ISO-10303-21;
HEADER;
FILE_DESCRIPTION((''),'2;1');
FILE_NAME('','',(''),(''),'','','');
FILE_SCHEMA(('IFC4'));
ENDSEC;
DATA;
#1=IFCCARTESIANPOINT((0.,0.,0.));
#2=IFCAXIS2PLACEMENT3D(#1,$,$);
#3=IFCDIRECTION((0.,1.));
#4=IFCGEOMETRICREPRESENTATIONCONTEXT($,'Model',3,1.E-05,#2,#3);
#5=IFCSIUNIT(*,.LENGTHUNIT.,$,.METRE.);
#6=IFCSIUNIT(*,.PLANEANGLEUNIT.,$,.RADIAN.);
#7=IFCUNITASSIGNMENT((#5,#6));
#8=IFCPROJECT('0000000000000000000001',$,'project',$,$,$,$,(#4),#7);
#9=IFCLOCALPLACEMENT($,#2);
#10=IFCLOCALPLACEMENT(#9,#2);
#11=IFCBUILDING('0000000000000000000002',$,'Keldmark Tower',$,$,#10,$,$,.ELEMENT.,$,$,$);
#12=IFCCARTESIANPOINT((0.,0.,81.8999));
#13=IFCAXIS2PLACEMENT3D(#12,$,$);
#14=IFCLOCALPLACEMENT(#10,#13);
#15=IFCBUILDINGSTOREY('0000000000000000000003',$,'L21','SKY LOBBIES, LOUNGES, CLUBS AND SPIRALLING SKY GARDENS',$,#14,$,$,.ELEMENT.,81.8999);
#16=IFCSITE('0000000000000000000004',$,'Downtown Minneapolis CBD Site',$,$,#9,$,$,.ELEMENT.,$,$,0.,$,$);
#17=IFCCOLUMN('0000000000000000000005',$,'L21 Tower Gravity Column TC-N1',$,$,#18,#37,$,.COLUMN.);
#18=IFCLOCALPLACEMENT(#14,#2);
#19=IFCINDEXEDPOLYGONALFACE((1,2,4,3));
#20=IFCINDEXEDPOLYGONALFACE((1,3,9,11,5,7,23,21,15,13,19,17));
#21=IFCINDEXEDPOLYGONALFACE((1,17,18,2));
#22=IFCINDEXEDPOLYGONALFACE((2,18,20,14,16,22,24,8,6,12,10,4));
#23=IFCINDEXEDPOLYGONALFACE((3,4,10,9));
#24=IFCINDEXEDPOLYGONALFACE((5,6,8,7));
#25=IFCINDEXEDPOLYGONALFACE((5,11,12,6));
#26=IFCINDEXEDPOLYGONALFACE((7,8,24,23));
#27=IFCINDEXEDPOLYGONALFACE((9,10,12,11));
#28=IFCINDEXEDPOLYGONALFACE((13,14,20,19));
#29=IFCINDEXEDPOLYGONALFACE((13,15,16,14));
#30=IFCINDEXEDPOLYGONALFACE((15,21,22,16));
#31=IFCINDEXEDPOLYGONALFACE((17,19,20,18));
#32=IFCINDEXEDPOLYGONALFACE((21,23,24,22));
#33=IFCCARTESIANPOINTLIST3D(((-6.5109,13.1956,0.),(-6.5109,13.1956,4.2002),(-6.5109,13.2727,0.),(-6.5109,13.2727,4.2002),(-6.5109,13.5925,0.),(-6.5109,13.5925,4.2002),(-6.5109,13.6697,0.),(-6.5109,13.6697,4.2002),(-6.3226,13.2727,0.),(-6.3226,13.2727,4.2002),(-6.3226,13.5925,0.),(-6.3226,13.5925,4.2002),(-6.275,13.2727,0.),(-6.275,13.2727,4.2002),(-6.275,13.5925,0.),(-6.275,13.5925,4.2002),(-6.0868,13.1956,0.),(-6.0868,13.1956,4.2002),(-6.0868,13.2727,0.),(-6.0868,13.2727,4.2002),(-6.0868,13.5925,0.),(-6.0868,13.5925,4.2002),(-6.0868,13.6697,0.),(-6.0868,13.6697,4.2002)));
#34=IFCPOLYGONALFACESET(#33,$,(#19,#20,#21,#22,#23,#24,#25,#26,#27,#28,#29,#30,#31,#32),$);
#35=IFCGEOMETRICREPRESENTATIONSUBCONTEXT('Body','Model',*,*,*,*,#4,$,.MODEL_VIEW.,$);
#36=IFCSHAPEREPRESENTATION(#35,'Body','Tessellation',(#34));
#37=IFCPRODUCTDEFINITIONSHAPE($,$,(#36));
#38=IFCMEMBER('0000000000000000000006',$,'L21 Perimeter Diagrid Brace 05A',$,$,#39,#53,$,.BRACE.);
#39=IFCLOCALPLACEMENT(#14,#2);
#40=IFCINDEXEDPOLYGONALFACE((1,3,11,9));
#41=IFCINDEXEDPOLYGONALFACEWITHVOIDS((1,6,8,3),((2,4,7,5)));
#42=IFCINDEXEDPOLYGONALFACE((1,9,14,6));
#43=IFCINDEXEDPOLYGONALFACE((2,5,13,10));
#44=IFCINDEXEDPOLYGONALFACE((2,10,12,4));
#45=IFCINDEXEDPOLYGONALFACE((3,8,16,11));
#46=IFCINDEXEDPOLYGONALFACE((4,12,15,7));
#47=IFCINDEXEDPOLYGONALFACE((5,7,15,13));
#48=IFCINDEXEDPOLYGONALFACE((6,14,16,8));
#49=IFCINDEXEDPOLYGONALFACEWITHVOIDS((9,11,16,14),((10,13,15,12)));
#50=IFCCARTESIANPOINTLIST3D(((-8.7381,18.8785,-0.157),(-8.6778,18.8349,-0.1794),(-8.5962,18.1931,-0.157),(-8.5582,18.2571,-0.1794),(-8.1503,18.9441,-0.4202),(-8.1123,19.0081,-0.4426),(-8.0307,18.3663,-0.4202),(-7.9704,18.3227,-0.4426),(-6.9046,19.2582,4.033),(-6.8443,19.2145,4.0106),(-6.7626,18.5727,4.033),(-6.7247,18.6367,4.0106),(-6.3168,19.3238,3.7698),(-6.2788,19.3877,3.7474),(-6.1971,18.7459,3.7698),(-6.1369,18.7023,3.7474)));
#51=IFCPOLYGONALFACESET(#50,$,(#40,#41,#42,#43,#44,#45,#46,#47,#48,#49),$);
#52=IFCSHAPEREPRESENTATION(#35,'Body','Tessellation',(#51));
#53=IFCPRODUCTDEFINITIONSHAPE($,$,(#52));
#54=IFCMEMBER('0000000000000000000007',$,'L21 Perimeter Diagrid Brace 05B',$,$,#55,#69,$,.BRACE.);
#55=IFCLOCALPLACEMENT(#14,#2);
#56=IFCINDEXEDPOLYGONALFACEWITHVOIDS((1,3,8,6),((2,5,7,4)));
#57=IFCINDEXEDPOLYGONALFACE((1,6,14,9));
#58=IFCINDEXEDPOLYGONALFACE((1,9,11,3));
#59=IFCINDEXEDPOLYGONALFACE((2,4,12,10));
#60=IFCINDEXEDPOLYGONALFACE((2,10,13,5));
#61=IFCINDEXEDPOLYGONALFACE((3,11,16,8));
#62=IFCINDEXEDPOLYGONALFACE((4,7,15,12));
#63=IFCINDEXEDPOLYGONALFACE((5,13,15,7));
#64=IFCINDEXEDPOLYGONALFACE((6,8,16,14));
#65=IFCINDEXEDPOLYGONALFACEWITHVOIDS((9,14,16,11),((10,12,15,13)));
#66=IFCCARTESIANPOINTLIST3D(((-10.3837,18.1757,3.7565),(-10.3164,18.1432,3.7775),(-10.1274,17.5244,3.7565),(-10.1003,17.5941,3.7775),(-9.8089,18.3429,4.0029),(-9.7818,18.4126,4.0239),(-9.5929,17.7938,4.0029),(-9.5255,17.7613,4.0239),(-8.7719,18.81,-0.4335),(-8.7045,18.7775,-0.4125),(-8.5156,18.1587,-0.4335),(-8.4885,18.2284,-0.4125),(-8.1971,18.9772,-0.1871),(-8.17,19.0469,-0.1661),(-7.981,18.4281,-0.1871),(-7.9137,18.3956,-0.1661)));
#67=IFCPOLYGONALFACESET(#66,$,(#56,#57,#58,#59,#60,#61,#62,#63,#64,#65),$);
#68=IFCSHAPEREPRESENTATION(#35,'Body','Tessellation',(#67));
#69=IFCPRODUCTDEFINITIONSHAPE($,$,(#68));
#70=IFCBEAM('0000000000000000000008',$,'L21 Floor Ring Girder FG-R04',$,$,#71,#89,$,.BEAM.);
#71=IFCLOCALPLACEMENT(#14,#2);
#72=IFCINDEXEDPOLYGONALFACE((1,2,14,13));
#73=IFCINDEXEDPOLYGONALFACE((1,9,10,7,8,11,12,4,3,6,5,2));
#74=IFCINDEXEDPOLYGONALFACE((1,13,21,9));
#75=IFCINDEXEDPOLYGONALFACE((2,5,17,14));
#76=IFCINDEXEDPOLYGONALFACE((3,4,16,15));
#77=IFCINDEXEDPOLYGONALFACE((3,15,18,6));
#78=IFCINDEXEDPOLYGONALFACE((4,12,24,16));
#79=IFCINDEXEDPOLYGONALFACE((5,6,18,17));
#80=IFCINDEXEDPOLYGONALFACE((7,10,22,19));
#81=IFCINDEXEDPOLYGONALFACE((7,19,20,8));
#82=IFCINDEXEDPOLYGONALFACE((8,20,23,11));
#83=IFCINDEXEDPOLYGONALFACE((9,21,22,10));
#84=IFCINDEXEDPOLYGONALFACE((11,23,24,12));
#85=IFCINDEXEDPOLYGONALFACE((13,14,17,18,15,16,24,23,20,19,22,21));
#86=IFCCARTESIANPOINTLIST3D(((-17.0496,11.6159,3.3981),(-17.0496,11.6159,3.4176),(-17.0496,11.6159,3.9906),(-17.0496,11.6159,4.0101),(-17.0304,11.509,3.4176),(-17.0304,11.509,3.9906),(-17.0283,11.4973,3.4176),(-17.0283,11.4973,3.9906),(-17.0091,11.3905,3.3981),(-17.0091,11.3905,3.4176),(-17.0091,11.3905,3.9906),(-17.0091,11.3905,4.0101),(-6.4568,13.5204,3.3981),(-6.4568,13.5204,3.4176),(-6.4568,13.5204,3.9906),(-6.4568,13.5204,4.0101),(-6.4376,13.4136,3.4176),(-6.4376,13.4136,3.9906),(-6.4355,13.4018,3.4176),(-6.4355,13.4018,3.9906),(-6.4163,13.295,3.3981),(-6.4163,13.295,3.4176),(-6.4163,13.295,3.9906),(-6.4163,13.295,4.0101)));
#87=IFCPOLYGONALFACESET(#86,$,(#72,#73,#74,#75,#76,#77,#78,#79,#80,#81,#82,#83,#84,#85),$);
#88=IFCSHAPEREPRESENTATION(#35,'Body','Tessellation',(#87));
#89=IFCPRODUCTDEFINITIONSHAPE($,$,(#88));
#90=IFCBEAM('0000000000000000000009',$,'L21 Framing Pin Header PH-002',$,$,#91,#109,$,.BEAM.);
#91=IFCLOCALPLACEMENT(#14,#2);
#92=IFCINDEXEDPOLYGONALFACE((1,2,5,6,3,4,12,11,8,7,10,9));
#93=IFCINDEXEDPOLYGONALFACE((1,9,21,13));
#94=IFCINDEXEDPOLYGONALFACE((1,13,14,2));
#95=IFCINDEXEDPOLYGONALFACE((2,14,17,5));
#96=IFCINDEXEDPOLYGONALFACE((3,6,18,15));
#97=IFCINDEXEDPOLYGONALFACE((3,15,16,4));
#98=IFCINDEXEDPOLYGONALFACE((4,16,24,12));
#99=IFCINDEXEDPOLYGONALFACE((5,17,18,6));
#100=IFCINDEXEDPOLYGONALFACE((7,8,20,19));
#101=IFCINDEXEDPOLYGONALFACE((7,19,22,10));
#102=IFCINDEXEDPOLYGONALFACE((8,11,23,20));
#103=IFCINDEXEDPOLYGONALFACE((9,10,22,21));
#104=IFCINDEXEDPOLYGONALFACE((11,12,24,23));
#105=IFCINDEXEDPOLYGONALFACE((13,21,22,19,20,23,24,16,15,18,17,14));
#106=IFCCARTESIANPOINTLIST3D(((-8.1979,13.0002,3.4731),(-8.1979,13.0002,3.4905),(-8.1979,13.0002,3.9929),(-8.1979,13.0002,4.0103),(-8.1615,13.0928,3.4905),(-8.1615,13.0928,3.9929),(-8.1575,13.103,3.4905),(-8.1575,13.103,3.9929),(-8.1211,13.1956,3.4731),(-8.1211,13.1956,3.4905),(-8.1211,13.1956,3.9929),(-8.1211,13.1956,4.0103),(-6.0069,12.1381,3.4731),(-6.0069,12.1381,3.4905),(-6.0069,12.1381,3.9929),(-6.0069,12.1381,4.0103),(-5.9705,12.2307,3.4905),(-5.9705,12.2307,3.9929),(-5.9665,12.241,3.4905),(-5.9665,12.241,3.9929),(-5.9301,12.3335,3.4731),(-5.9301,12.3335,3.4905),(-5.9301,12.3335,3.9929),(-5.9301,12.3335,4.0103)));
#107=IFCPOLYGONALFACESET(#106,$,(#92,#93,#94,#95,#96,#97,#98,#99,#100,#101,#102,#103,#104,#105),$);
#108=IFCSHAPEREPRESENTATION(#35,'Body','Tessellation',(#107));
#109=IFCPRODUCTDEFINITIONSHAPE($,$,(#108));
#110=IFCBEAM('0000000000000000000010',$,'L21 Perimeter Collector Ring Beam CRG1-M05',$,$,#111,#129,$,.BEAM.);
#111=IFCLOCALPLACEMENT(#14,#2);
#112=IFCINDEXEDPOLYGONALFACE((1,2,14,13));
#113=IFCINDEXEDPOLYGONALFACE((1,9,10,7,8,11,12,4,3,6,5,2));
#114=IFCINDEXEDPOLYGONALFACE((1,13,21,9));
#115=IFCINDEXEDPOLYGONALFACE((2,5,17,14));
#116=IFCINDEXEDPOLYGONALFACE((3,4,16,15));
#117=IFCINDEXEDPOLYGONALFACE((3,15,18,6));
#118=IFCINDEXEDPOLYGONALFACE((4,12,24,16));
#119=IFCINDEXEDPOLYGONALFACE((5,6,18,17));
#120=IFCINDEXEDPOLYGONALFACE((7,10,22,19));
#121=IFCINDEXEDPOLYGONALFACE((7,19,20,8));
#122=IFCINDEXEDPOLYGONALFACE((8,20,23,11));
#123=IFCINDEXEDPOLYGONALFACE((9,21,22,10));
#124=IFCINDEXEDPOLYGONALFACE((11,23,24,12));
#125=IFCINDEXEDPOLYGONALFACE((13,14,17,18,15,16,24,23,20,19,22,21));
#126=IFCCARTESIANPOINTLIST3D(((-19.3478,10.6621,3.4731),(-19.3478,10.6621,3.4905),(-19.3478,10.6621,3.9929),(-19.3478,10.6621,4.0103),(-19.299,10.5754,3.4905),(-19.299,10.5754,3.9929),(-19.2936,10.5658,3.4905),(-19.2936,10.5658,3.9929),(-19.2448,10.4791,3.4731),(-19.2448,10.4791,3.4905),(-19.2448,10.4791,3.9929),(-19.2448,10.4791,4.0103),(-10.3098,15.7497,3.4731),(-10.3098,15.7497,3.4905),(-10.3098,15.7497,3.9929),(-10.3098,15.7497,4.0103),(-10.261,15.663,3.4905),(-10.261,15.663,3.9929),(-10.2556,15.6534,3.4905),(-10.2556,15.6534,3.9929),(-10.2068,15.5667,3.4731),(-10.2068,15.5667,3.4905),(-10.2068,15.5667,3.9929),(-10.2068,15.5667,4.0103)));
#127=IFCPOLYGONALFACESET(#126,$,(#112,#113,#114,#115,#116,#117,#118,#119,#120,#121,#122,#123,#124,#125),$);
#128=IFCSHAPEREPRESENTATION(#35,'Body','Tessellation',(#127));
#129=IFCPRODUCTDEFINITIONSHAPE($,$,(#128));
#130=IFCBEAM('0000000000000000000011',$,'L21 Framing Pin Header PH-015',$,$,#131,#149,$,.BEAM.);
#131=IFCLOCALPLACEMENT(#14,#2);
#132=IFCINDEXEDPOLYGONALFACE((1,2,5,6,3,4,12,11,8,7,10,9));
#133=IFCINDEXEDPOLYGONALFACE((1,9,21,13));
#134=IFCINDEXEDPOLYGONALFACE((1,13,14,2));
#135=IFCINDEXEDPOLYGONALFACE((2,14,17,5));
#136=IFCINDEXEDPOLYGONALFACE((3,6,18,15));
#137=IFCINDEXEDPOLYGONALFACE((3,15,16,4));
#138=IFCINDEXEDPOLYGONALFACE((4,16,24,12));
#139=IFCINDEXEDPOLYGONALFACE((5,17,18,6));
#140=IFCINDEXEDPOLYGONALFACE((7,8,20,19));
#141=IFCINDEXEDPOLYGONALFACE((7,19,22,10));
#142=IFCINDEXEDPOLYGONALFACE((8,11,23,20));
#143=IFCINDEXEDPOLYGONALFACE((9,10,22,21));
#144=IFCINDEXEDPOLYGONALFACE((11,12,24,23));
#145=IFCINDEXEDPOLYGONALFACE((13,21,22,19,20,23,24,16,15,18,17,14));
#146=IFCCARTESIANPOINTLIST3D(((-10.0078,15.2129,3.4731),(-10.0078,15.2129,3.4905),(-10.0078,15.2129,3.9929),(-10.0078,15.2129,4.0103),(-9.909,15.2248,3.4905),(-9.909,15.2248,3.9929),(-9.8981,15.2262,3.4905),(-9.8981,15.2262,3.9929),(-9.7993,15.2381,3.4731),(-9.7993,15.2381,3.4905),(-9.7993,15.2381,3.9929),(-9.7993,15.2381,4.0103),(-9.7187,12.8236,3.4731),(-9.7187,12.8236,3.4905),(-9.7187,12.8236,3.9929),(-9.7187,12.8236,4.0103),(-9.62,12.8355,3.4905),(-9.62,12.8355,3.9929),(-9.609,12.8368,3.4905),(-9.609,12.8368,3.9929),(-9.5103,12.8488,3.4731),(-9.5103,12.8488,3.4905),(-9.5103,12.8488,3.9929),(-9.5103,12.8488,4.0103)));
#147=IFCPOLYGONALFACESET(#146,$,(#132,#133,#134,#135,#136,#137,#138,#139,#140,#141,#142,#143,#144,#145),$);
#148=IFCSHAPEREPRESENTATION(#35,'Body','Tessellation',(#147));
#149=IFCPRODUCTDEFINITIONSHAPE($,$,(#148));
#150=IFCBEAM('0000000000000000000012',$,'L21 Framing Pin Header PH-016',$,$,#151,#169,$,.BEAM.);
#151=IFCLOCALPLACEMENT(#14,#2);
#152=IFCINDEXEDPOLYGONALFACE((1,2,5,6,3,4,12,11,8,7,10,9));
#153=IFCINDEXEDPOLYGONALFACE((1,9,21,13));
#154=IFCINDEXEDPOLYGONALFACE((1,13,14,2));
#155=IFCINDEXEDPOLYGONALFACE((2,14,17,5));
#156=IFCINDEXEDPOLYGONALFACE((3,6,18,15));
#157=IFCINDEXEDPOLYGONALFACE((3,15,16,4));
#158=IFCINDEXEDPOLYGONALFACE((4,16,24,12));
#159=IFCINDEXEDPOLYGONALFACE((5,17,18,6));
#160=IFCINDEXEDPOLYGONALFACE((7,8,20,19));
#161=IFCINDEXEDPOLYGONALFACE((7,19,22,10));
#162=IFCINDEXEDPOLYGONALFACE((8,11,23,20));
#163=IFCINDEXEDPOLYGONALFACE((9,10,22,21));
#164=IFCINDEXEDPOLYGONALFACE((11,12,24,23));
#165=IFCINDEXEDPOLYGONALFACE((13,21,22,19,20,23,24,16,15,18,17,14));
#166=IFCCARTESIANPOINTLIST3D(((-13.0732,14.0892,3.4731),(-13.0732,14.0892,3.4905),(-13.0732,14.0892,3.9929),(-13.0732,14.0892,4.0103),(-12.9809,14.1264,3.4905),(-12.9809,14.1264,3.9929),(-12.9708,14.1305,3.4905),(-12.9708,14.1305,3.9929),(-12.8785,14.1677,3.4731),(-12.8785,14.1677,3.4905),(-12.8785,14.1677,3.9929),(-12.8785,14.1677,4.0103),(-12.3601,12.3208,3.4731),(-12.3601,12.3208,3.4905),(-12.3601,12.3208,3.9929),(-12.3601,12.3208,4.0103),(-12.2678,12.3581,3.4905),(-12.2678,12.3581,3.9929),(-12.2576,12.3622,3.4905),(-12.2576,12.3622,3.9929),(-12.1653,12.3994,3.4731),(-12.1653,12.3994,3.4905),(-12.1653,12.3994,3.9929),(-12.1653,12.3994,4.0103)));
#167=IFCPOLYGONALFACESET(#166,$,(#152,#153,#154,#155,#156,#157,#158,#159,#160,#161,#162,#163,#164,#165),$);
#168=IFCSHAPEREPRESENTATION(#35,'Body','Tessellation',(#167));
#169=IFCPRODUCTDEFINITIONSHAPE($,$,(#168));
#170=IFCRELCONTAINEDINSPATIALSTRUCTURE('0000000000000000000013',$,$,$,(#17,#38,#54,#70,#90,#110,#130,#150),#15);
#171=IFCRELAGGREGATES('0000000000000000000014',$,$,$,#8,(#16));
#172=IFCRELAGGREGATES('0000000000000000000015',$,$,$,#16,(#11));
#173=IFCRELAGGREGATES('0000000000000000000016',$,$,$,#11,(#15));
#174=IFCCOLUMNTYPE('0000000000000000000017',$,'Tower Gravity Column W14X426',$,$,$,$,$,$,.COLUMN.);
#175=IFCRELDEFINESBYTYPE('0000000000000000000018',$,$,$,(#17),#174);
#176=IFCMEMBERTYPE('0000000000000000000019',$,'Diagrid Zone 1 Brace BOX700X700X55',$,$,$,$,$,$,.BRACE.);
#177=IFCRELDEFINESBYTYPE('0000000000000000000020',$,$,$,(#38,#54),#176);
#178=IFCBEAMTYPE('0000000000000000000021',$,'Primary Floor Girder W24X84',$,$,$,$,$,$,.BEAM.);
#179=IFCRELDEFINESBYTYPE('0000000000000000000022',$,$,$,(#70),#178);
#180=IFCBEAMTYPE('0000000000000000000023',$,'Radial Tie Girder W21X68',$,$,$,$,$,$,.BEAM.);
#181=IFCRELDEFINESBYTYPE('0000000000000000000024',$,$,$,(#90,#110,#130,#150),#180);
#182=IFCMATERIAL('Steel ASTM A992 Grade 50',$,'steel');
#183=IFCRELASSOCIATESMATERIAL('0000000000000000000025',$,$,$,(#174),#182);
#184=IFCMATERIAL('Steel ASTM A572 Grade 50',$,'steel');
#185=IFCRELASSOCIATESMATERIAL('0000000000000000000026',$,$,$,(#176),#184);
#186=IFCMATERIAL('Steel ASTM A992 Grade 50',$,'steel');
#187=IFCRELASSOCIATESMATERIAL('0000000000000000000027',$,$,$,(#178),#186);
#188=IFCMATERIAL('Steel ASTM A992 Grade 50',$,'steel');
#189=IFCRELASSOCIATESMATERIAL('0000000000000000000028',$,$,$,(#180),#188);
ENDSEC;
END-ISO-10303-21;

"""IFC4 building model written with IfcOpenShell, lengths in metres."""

from ifc_helpers import new_model, si_unit, direction, frame, origin, origin_2d, place, context, subcontext, project, spatial, hollow_rectangle, i_section, extrude, material, material_profile, profile_set, type_object, element, save


model = new_model("IFC4")

# Units and contexts
model_context = context("Model", 3, precision=1e-05, world=origin(), true_north=direction((0.0, 1.0)))
body_context = subcontext(model_context, "Body", "Model", "MODEL_VIEW")
ifc_project = project(units=[si_unit("LENGTHUNIT", "METRE"), si_unit("PLANEANGLEUNIT", "RADIAN")], contexts=[model_context])

# Site, building, storey
site_placement = place(None, origin())
site = spatial("IfcSite", under=ifc_project, at=site_placement, Name="Downtown Minneapolis CBD Site", CompositionType="ELEMENT", RefElevation=0.0)
building_placement = place(site_placement, origin())
building = spatial("IfcBuilding", under=site, at=building_placement, Name="Keldmark Tower", CompositionType="ELEMENT")
storey_placement = place(building_placement, frame((0.0, 0.0, 81.8999)))
storey = spatial("IfcBuildingStorey", under=building, at=storey_placement, Name="L21", Description="SKY LOBBIES, LOUNGES, CLUBS AND SPIRALLING SKY GARDENS", CompositionType="ELEMENT", Elevation=81.8999)

# Column
ifc_material_1 = material(Name="Steel ASTM A992 Grade 50", Category="steel")
ifc_material_profile_1 = material_profile(ifc_material_1, i_section(OverallWidth=0.4241, OverallDepth=0.4741, WebThickness=0.0476, FlangeThickness=0.0771, at=origin_2d()), Name="W14X426")
ifc_profile_set_1 = profile_set([ifc_material_profile_1], Name="Steel ASTM A992 Grade 50")
column_type = type_object("IfcColumnType", Name="Tower Gravity Column W14X426", PredefinedType="COLUMN", material=ifc_profile_set_1)
column_placement = place(storey_placement, frame((-6.2988, 13.4326, 0.0), z_axis=(0.0, 0.0, 1.0), x_axis=(1.0, 0.0, 0.0)))
element("IfcColumn", 1, at=column_placement, inside=storey, type_object=column_type, Name="L21 Tower Gravity Column TC-N1", PredefinedType="COLUMN", context=body_context, shape_type="SweptSolid", body=[
    extrude(i_section(OverallWidth=0.4241, OverallDepth=0.4741, WebThickness=0.0476, FlangeThickness=0.0771, at=origin_2d()), origin(), (0.0, 0.0, 1.0), 4.2002),
])

# Members
ifc_material_2 = material(Name="Steel ASTM A572 Grade 50", Category="steel")
ifc_material_profile_2 = material_profile(ifc_material_2, hollow_rectangle(XDim=0.7, YDim=0.7, WallThickness=0.0549, at=origin_2d()), Name="BOX700X700X55")
ifc_profile_set_2 = profile_set([ifc_material_profile_2], Name="Steel ASTM A572 Grade 50")
member_type = type_object("IfcMemberType", Name="Diagrid Zone 1 Brace BOX700X700X55", PredefinedType="BRACE", material=ifc_profile_set_2)
member_1_placement = place(storey_placement, frame((-8.3542, 18.6006, -0.2998), z_axis=(0.399518, 0.082723, 0.912986), x_axis=(-0.202757, 0.979229, 0.0)))
element("IfcMember", 2, at=member_1_placement, inside=storey, type_object=member_type, Name="L21 Perimeter Diagrid Brace 05A", PredefinedType="BRACE", context=body_context, shape_type="SweptSolid", body=[
    extrude(hollow_rectangle(XDim=0.7, YDim=0.7, WallThickness=0.0549, at=origin_2d()), origin(), (0.0, 0.0, 1.0), 4.5894),
])
member_2_placement = place(storey_placement, frame((-8.3428, 18.6028, -0.2998), z_axis=(-0.355507, -0.139898, 0.924145), x_axis=(0.366184, -0.930542, 0.0)))
element("IfcMember", 3, at=member_2_placement, inside=storey, type_object=member_type, Name="L21 Perimeter Diagrid Brace 05B", PredefinedType="BRACE", context=body_context, shape_type="SweptSolid", body=[
    extrude(hollow_rectangle(XDim=0.7, YDim=0.7, WallThickness=0.0549, at=origin_2d()), origin(), (0.0, 0.0, 1.0), 4.5339),
])

# Beams
ifc_material_3 = material(Name="Steel ASTM A992 Grade 50", Category="steel")
ifc_material_profile_3 = material_profile(ifc_material_3, i_section(OverallWidth=0.229, OverallDepth=0.6121, WebThickness=0.012, FlangeThickness=0.0195, at=origin_2d()), Name="W24X84")
ifc_profile_set_3 = profile_set([ifc_material_profile_3], Name="Steel ASTM A992 Grade 50")
beam_type_1 = type_object("IfcBeamType", Name="Primary Floor Girder W24X84", PredefinedType="BEAM", material=ifc_profile_set_3)
beam_1_placement = place(storey_placement, frame((-6.4365, 13.4077, 3.7041), z_axis=(-0.984218, -0.176959, 0.0), x_axis=(0.176959, -0.984218, 0.0)))
element("IfcBeam", 4, at=beam_1_placement, inside=storey, type_object=beam_type_1, Name="L21 Floor Ring Girder FG-R04", PredefinedType="BEAM", context=body_context, shape_type="SweptSolid", body=[
    extrude(i_section(OverallWidth=0.229, OverallDepth=0.6121, WebThickness=0.012, FlangeThickness=0.0195, at=origin_2d()), origin(), (0.0, 0.0, 1.0), 10.7627),
])
ifc_material_4 = material(Name="Steel ASTM A992 Grade 50", Category="steel")
ifc_material_profile_4 = material_profile(ifc_material_4, i_section(OverallWidth=0.21, OverallDepth=0.5371, WebThickness=0.011, FlangeThickness=0.0173, at=origin_2d()), Name="W21X68")
ifc_profile_set_4 = profile_set([ifc_material_profile_4], Name="Steel ASTM A992 Grade 50")
beam_type_2 = type_object("IfcBeamType", Name="Radial Tie Girder W21X68", PredefinedType="BEAM", material=ifc_profile_set_4)
beam_2_placement = place(storey_placement, frame((-5.9685, 12.2358, 3.7417), z_axis=(-0.930557, 0.366146, 0.0), x_axis=(-0.366146, -0.930557, 0.0)))
element("IfcBeam", 5, at=beam_2_placement, inside=storey, type_object=beam_type_2, Name="L21 Framing Pin Header PH-002", PredefinedType="BEAM", context=body_context, shape_type="SweptSolid", body=[
    extrude(i_section(OverallWidth=0.21, OverallDepth=0.5371, WebThickness=0.011, FlangeThickness=0.0173, at=origin_2d()), origin(), (0.0, 0.0, 1.0), 2.3545),
])
beam_3_placement = place(storey_placement, frame((-10.2583, 15.6582, 3.7417), z_axis=(-0.871422, -0.490534, 0.0), x_axis=(0.490534, -0.871422, 0.0)))
element("IfcBeam", 6, at=beam_3_placement, inside=storey, type_object=beam_type_2, Name="L21 Perimeter Collector Ring Beam CRG1-M05", PredefinedType="BEAM", context=body_context, shape_type="SweptSolid", body=[
    extrude(i_section(OverallWidth=0.21, OverallDepth=0.5371, WebThickness=0.011, FlangeThickness=0.0173, at=origin_2d()), origin(), (0.0, 0.0, 1.0), 10.3716),
])
beam_4_placement = place(storey_placement, frame((-9.6145, 12.8362, 3.7417), z_axis=(-0.120101, 0.992762, 0.0), x_axis=(-0.992762, -0.120101, 0.0)))
element("IfcBeam", 7, at=beam_4_placement, inside=storey, type_object=beam_type_2, Name="L21 Framing Pin Header PH-015", PredefinedType="BEAM", context=body_context, shape_type="SweptSolid", body=[
    extrude(i_section(OverallWidth=0.21, OverallDepth=0.5371, WebThickness=0.011, FlangeThickness=0.0173, at=origin_2d()), origin(), (0.0, 0.0, 1.0), 2.4067),
])
beam_5_placement = place(storey_placement, frame((-12.2627, 12.3601, 3.7417), z_axis=(-0.374016, 0.927422, 0.0), x_axis=(-0.927422, -0.374016, 0.0)))
element("IfcBeam", 8, at=beam_5_placement, inside=storey, type_object=beam_type_2, Name="L21 Framing Pin Header PH-016", PredefinedType="BEAM", context=body_context, shape_type="SweptSolid", body=[
    extrude(i_section(OverallWidth=0.21, OverallDepth=0.5371, WebThickness=0.011, FlangeThickness=0.0173, at=origin_2d()), origin(), (0.0, 0.0, 1.0), 1.9067),
])

save(model, "model.ifc")
